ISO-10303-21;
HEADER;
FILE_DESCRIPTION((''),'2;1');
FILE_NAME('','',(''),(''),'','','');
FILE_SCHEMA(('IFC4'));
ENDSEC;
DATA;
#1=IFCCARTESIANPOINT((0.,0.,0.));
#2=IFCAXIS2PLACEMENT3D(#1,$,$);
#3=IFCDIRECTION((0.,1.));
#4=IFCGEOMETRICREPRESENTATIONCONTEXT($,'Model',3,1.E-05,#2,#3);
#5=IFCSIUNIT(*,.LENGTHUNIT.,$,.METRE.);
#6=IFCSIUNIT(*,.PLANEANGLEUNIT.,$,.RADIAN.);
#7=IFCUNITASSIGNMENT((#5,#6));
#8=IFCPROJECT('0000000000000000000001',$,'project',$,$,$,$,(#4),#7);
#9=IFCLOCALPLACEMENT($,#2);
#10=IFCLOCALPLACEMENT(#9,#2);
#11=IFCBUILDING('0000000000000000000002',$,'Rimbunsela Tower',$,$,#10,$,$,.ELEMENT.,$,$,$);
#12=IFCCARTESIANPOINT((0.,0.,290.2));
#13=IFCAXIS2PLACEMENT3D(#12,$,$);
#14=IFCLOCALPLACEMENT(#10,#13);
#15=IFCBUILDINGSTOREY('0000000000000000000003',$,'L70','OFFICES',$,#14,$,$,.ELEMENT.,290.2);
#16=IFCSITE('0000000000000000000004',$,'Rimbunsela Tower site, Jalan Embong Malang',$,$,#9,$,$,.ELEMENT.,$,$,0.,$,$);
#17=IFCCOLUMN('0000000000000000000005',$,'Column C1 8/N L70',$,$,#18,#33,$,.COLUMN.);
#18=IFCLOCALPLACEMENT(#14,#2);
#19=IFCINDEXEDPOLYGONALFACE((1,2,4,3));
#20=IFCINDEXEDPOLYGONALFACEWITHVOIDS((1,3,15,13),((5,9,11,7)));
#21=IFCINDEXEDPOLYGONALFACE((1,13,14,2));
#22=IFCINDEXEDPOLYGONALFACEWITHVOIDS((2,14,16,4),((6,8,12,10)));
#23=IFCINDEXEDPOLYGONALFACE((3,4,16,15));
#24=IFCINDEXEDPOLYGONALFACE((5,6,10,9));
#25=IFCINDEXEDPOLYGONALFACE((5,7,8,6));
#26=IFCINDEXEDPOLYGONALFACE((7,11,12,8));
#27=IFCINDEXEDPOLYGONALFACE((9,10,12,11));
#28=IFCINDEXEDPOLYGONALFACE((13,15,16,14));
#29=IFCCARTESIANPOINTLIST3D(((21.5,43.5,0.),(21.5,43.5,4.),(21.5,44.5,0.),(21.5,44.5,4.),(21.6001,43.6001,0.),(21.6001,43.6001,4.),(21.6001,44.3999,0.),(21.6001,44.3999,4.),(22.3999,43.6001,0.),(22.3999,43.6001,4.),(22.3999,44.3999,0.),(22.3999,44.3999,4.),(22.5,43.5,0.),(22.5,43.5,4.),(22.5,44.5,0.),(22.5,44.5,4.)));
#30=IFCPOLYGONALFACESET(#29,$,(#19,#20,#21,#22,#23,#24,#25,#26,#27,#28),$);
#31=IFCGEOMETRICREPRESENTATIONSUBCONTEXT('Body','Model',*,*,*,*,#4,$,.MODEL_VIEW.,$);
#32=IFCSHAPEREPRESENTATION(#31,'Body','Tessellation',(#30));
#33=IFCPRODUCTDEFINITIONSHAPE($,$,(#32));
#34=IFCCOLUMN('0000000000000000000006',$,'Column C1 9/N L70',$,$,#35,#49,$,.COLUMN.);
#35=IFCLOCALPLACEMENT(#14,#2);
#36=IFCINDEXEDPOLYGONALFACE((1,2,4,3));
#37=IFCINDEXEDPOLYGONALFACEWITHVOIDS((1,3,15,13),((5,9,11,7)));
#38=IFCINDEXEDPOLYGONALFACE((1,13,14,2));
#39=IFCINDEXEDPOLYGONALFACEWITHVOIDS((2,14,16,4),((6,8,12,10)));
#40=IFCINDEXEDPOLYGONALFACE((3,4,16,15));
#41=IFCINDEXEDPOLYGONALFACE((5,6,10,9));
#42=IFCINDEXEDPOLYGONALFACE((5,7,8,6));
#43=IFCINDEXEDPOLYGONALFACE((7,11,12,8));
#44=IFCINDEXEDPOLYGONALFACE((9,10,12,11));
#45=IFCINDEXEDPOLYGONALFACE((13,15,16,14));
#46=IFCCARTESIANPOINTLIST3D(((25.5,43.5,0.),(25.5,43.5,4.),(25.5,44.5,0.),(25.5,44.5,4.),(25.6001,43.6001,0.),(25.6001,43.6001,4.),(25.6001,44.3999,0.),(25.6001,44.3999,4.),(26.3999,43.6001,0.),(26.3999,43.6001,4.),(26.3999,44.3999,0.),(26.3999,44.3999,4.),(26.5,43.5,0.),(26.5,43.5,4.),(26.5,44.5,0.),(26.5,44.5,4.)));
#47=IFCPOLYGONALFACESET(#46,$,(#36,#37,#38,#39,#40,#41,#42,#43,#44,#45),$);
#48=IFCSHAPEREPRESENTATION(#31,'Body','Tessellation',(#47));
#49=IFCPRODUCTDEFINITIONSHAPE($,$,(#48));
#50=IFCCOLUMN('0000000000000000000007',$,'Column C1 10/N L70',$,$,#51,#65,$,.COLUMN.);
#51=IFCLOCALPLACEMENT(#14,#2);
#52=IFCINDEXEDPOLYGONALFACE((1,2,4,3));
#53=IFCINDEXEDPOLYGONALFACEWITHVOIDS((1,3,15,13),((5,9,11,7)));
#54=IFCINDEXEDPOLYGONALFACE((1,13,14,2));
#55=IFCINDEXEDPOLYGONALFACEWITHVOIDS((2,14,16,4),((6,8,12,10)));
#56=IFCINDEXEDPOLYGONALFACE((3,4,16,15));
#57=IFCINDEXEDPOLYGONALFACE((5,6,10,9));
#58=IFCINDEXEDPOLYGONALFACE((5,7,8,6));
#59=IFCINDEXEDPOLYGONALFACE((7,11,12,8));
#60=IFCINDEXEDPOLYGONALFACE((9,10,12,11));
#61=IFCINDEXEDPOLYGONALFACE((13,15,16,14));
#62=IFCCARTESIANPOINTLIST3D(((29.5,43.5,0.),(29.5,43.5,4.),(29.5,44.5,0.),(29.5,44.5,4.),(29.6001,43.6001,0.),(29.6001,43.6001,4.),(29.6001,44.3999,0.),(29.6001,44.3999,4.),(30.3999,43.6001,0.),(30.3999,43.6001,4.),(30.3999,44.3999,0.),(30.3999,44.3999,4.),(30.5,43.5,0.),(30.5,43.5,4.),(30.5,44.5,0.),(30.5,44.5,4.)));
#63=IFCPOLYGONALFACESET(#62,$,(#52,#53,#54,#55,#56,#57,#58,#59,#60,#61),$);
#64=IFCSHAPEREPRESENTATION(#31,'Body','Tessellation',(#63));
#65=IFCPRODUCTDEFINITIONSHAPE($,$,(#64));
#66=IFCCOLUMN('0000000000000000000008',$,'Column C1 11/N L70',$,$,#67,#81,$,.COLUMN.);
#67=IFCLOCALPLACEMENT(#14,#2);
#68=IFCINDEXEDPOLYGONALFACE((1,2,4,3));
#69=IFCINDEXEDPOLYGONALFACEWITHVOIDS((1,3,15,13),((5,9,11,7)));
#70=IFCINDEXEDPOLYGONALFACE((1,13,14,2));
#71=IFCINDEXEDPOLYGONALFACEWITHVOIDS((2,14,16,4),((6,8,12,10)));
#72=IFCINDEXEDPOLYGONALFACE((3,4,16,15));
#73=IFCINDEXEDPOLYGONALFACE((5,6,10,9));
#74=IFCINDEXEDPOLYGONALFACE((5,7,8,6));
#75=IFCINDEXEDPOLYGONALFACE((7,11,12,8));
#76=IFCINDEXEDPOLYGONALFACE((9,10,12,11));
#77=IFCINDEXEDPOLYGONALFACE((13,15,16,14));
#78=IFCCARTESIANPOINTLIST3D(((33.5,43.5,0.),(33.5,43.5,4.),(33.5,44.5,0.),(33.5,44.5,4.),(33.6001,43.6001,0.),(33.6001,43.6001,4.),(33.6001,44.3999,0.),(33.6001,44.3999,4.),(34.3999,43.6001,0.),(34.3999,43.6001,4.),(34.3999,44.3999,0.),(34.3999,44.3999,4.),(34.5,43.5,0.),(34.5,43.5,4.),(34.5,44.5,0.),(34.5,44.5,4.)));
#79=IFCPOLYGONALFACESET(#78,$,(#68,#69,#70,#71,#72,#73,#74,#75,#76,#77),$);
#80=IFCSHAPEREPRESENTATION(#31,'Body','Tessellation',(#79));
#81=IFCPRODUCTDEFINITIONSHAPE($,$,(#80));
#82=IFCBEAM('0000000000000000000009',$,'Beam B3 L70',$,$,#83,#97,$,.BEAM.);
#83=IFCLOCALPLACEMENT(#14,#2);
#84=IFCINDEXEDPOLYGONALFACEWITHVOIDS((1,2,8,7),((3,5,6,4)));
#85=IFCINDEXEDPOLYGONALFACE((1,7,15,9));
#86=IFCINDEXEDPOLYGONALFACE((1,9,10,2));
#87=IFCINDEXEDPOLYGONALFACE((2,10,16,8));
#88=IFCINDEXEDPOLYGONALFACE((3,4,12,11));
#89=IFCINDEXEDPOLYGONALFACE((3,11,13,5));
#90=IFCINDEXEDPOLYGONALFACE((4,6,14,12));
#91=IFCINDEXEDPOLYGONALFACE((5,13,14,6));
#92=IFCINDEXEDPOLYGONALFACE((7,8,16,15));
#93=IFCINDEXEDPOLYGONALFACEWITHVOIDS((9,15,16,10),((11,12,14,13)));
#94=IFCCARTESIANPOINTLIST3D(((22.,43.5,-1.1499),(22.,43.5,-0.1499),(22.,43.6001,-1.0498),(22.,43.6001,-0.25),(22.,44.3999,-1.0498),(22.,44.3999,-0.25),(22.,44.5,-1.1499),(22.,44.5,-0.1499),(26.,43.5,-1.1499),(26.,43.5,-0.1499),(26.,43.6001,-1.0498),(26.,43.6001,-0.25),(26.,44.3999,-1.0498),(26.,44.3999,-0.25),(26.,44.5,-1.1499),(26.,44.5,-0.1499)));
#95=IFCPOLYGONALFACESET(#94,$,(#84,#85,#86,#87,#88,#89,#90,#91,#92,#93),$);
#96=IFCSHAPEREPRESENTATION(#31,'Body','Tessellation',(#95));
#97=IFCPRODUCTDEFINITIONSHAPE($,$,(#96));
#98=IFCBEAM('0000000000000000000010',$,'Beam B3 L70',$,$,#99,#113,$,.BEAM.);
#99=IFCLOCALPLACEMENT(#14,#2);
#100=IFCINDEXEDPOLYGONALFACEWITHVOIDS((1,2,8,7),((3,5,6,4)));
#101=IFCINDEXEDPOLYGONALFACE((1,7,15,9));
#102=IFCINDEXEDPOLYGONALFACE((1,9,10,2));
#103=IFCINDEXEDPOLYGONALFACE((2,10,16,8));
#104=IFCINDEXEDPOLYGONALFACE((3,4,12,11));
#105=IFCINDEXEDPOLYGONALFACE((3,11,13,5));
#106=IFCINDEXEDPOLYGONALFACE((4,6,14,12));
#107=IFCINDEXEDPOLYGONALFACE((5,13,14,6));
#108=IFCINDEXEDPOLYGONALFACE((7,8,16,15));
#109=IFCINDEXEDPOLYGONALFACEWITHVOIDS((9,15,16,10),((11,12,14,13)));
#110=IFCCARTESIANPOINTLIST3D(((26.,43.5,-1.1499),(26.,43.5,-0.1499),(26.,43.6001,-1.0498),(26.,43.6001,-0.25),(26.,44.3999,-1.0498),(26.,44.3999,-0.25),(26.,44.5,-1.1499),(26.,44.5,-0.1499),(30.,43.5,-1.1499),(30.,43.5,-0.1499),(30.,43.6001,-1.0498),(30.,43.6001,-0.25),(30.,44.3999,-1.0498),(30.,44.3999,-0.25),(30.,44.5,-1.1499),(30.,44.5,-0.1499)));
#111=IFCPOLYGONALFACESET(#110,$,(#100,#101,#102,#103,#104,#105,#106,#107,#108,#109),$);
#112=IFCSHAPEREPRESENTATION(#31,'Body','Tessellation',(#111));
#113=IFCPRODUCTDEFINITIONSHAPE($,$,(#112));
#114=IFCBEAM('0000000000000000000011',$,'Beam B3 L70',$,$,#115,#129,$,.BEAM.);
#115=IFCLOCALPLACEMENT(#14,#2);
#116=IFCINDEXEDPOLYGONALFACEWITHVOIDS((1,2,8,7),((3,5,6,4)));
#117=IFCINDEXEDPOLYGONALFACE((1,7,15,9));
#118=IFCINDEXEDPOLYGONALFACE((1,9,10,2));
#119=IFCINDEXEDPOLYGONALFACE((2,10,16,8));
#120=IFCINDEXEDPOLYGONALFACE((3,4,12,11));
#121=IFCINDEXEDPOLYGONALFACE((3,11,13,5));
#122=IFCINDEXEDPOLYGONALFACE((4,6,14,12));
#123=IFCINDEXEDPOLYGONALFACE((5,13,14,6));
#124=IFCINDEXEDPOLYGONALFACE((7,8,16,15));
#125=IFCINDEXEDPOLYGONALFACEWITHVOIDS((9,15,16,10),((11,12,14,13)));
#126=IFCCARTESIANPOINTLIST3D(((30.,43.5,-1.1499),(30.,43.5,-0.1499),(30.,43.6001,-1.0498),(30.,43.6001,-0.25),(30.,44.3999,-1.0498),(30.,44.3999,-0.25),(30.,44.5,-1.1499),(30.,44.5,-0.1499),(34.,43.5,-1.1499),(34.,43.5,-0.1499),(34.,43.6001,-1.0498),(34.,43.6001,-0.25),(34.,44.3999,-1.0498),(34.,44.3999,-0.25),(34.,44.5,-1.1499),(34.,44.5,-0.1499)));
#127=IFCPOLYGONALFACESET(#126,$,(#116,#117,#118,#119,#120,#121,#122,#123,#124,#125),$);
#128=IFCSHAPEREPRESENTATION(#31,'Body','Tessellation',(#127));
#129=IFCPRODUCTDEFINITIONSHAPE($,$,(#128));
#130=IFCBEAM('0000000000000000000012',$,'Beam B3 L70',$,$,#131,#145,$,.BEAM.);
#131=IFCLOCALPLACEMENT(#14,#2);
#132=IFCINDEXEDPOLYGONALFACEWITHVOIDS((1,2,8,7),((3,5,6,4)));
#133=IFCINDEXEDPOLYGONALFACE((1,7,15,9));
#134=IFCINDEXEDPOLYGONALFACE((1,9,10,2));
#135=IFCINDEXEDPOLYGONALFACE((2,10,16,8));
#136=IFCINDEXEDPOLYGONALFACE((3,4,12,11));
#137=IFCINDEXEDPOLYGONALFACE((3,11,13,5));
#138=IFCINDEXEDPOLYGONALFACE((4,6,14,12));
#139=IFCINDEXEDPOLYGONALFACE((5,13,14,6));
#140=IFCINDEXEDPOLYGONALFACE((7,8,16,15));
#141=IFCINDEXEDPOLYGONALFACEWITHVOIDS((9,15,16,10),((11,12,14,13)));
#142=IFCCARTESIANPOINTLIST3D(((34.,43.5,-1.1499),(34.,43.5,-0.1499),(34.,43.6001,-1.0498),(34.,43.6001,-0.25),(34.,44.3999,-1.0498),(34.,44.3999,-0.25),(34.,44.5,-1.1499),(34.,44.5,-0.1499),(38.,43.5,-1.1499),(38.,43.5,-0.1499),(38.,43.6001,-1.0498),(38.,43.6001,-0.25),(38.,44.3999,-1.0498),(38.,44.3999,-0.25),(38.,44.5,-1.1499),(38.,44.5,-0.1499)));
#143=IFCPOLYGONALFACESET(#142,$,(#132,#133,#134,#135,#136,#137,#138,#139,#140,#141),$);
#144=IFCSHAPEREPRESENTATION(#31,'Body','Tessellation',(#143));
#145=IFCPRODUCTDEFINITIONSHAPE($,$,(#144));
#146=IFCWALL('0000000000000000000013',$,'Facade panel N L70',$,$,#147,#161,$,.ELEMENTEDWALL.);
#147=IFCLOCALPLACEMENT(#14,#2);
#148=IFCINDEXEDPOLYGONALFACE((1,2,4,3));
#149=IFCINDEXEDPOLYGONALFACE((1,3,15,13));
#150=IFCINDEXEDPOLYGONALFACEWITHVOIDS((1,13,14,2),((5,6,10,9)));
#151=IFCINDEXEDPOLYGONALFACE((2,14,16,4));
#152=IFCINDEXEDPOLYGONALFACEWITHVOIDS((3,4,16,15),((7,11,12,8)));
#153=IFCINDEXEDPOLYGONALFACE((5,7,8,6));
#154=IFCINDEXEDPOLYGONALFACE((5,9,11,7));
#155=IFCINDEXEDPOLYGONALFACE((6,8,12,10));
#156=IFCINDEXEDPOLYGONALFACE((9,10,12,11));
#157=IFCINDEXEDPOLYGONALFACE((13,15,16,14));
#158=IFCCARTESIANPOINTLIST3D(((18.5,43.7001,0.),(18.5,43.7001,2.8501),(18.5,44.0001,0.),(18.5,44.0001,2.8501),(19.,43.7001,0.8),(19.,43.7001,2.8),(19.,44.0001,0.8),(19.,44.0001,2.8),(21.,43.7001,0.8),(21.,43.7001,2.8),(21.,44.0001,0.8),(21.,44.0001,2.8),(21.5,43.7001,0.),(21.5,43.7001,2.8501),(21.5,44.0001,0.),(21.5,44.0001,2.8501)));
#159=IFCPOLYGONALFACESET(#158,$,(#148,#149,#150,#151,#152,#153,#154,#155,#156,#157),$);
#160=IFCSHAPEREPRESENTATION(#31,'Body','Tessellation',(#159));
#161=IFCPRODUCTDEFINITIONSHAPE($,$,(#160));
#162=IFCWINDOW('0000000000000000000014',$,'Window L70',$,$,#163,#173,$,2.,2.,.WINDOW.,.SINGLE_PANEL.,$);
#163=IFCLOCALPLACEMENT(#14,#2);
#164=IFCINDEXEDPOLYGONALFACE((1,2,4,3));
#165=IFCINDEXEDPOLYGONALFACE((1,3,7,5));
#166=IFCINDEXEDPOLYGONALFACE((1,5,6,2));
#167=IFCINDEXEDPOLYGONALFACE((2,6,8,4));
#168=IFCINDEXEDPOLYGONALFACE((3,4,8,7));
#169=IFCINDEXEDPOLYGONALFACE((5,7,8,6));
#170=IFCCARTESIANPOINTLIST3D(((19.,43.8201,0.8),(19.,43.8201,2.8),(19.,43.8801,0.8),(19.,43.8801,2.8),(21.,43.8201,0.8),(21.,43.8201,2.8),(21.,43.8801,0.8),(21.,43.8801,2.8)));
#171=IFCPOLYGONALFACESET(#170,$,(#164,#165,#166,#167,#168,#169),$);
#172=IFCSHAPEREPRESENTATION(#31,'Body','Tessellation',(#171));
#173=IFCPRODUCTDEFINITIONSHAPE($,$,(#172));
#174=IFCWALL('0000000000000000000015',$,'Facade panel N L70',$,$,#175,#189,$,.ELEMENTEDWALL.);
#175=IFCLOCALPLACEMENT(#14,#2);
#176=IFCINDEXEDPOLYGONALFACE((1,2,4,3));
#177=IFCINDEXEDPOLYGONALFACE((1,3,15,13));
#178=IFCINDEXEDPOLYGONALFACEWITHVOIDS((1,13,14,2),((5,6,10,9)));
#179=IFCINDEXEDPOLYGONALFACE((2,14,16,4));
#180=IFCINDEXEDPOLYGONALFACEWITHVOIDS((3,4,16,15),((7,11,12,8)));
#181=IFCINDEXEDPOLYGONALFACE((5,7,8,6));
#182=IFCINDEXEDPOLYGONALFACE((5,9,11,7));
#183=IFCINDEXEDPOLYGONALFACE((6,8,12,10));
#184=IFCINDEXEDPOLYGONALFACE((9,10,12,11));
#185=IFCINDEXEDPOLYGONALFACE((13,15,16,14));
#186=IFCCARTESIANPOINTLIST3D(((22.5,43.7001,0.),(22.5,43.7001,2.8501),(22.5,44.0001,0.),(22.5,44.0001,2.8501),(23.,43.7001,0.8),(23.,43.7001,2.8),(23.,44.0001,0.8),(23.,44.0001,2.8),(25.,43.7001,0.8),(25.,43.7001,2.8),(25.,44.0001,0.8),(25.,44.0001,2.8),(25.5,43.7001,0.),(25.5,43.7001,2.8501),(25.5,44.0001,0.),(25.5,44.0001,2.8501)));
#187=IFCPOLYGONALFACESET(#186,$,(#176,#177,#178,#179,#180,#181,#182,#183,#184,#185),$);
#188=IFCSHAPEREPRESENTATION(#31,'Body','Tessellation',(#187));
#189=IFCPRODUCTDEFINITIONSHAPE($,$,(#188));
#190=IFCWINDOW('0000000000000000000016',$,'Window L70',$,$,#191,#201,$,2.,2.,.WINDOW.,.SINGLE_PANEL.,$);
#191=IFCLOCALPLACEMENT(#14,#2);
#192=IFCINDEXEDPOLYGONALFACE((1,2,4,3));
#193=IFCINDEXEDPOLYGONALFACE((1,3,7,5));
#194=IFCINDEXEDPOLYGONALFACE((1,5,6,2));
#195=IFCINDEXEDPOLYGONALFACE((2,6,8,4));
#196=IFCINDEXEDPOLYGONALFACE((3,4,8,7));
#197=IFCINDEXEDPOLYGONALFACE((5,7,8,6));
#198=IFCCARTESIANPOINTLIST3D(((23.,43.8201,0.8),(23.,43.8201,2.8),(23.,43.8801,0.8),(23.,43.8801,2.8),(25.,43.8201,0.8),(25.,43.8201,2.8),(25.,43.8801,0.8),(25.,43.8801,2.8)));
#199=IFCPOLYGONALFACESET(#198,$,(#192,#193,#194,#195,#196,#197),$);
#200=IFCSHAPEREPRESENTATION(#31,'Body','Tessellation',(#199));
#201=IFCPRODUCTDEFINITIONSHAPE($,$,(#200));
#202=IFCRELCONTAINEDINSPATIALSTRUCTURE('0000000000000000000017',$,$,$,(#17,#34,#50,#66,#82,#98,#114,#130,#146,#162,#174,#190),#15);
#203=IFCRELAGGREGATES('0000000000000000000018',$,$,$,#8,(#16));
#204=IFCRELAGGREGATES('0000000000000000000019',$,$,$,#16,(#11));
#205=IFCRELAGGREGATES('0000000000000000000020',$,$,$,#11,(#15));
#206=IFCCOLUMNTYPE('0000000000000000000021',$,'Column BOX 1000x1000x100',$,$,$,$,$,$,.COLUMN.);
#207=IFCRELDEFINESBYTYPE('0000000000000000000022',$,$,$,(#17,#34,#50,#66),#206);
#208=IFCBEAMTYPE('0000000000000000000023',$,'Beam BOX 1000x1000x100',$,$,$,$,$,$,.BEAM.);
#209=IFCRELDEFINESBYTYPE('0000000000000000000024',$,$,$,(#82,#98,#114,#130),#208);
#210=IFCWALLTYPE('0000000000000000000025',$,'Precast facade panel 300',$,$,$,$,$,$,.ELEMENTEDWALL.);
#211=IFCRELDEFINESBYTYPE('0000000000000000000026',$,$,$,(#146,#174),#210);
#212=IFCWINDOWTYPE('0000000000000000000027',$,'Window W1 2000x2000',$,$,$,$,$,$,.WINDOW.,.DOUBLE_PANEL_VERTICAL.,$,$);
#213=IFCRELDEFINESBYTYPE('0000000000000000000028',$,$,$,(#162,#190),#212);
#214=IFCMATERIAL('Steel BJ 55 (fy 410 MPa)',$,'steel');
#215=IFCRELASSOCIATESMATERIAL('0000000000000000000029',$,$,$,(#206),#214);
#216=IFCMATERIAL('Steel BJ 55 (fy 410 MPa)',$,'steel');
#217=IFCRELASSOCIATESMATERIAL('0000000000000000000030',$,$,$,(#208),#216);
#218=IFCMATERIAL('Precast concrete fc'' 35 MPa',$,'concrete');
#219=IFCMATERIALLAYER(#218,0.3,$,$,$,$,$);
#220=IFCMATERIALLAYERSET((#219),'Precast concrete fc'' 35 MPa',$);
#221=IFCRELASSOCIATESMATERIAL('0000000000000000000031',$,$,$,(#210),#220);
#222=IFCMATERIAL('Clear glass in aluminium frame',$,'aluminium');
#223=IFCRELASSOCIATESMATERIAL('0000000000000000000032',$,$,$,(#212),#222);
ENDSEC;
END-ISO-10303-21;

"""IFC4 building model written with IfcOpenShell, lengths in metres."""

from ifc_helpers import new_model, si_unit, direction, frame, frame_2d, origin, origin_2d, place, context, subcontext, project, spatial, rectangle, hollow_rectangle, extrude, material, layer, layer_set, material_profile, profile_set, type_object, element, fill, save


model = new_model("IFC4")

# Units and contexts
model_context = context("Model", 3, precision=1e-05, world=origin(), true_north=direction((0.0, 1.0)))
body_context = subcontext(model_context, "Body", "Model", "MODEL_VIEW")
ifc_project = project(units=[si_unit("LENGTHUNIT", "METRE"), si_unit("PLANEANGLEUNIT", "RADIAN")], contexts=[model_context])

# Site, building, storey
site_placement = place(None, origin())
site = spatial("IfcSite", under=ifc_project, at=site_placement, Name="Rimbunsela Tower site, Jalan Embong Malang", CompositionType="ELEMENT", RefElevation=0.0)
building_placement = place(site_placement, origin())
building = spatial("IfcBuilding", under=site, at=building_placement, Name="Rimbunsela Tower", CompositionType="ELEMENT")
storey_placement = place(building_placement, frame((0.0, 0.0, 290.2)))
storey = spatial("IfcBuildingStorey", under=building, at=storey_placement, Name="L70", Description="OFFICES", CompositionType="ELEMENT", Elevation=290.2)

# Columns
ifc_material_1 = material(Name="Steel BJ 55 (fy 410 MPa)", Category="steel")
ifc_material_profile_1 = material_profile(ifc_material_1, hollow_rectangle(XDim=1.0, YDim=1.0, WallThickness=0.1001, at=origin_2d()), Name="BOX 1000x1000x100")
ifc_profile_set_1 = profile_set([ifc_material_profile_1], Name="Steel BJ 55 (fy 410 MPa)")
column_type = type_object("IfcColumnType", Name="Column BOX 1000x1000x100", PredefinedType="COLUMN", material=ifc_profile_set_1)
for number, where, z_axis, x_axis, name in (
    (1, (22.0, 44.0, 0.0), (0.0, 0.0, 1.0), (1.0, 0.0, 0.0), "Column C1 8/N L70"),
    (2, (26.0, 44.0, 0.0), (0.0, 0.0, 1.0), (1.0, 0.0, 0.0), "Column C1 9/N L70"),
    (3, (30.0, 44.0, 0.0), (0.0, 0.0, 1.0), (1.0, 0.0, 0.0), "Column C1 10/N L70"),
    (4, (34.0, 44.0, 0.0), (0.0, 0.0, 1.0), (1.0, 0.0, 0.0), "Column C1 11/N L70"),
):
    element("IfcColumn", number, at=place(storey_placement, frame(where, z_axis=z_axis, x_axis=x_axis)), inside=storey, type_object=column_type, Name=name, PredefinedType="COLUMN", context=body_context, shape_type="SweptSolid", body=[
        extrude(hollow_rectangle(XDim=1.0, YDim=1.0, WallThickness=0.1001, at=origin_2d()), origin(), (0.0, 0.0, 1.0), 4.0),
    ])

# Beams
ifc_material_2 = material(Name="Steel BJ 55 (fy 410 MPa)", Category="steel")
ifc_material_profile_2 = material_profile(ifc_material_2, hollow_rectangle(XDim=1.0, YDim=1.0, WallThickness=0.1001, at=origin_2d()), Name="BOX 1000x1000x100")
ifc_profile_set_2 = profile_set([ifc_material_profile_2], Name="Steel BJ 55 (fy 410 MPa)")
beam_type = type_object("IfcBeamType", Name="Beam BOX 1000x1000x100", PredefinedType="BEAM", material=ifc_profile_set_2)
for number, where, z_axis, x_axis, name in (
    (5, (22.0, 44.0, -0.6499), (1.0, 0.0, 0.0), (0.0, 1.0, 0.0), "Beam B3 L70"),
    (6, (26.0, 44.0, -0.6499), (1.0, 0.0, 0.0), (0.0, 1.0, 0.0), "Beam B3 L70"),
    (7, (30.0, 44.0, -0.6499), (1.0, 0.0, 0.0), (0.0, 1.0, 0.0), "Beam B3 L70"),
    (8, (34.0, 44.0, -0.6499), (1.0, 0.0, 0.0), (0.0, 1.0, 0.0), "Beam B3 L70"),
):
    element("IfcBeam", number, at=place(storey_placement, frame(where, z_axis=z_axis, x_axis=x_axis)), inside=storey, type_object=beam_type, Name=name, PredefinedType="BEAM", context=body_context, shape_type="SweptSolid", body=[
        extrude(hollow_rectangle(XDim=1.0, YDim=1.0, WallThickness=0.1001, at=origin_2d()), origin(), (0.0, 0.0, 1.0), 4.0),
    ])

# Walls, openings, windows
ifc_material_3 = material(Name="Precast concrete fc' 35 MPa", Category="concrete")
ifc_layer_1 = layer(ifc_material_3, 0.3)
ifc_layer_set_1 = layer_set([ifc_layer_1], Name="Precast concrete fc' 35 MPa")
wall_type_1 = type_object("IfcWallType", Name="Precast facade panel 300", PredefinedType="ELEMENTEDWALL", material=ifc_layer_set_1)
wall_1_placement = place(storey_placement, frame((21.5, 43.8501, 0.0), z_axis=(0.0, 0.0, 1.0), x_axis=(-1.0, 0.0, 0.0)))
wall_1 = element("IfcWall", 9, at=wall_1_placement, inside=storey, type_object=wall_type_1, Name="Facade panel N L70", PredefinedType="ELEMENTEDWALL", context=body_context, shape_type="SweptSolid", body=[
    extrude(rectangle(XDim=3.0, YDim=0.3, at=frame_2d((1.5, 0.0))), origin(), (0.0, 0.0, 1.0), 2.8501),
])
opening_1_placement = place(wall_1_placement, frame((0.5, 0.0, 0.8)))
opening_1 = element("IfcOpeningElement", 10, at=opening_1_placement, cuts=wall_1, PredefinedType="OPENING", context=body_context, shape_type="SweptSolid", body=[
    extrude(rectangle(XDim=2.0, YDim=2.0, at=frame_2d((1.0, 1.0))), frame((0.0, 0.1599, 0.0), z_axis=(0.0, -1.0, 0.0), x_axis=(1.0, 0.0, 0.0)), (0.0, 0.0, 1.0), 0.3201),
])
ifc_material_4 = material(Name="Clear glass in aluminium frame", Category="aluminium")
window_type_1 = type_object("IfcWindowType", Name="Window W1 2000x2000", PartitioningType="DOUBLE_PANEL_VERTICAL", PredefinedType="WINDOW", material=ifc_material_4)
window_1_placement = place(opening_1_placement, origin())
window_1 = element("IfcWindow", 11, at=window_1_placement, inside=storey, type_object=window_type_1, Name="Window L70", OverallHeight=2.0, OverallWidth=2.0, PartitioningType="SINGLE_PANEL", PredefinedType="WINDOW", context=body_context, shape_type="SweptSolid", body=[
    extrude(rectangle(XDim=2.0, YDim=2.0, at=frame_2d((1.0, 1.0))), frame((0.0, 0.03, 0.0), z_axis=(0.0, -1.0, 0.0), x_axis=(1.0, 0.0, 0.0)), (0.0, 0.0, 1.0), 0.0601),
])
fill(opening_1, window_1)
wall_2_placement = place(storey_placement, frame((25.5, 43.8501, 0.0), z_axis=(0.0, 0.0, 1.0), x_axis=(-1.0, 0.0, 0.0)))
wall_2 = element("IfcWall", 12, at=wall_2_placement, inside=storey, type_object=wall_type_1, Name="Facade panel N L70", PredefinedType="ELEMENTEDWALL", context=body_context, shape_type="SweptSolid", body=[
    extrude(rectangle(XDim=3.0, YDim=0.3, at=frame_2d((1.5, 0.0))), origin(), (0.0, 0.0, 1.0), 2.8501),
])
opening_2_placement = place(wall_2_placement, frame((0.5, 0.0, 0.8)))
opening_2 = element("IfcOpeningElement", 13, at=opening_2_placement, cuts=wall_2, PredefinedType="OPENING", context=body_context, shape_type="SweptSolid", body=[
    extrude(rectangle(XDim=2.0, YDim=2.0, at=frame_2d((1.0, 1.0))), frame((0.0, 0.1599, 0.0), z_axis=(0.0, -1.0, 0.0), x_axis=(1.0, 0.0, 0.0)), (0.0, 0.0, 1.0), 0.3201),
])
window_2_placement = place(opening_2_placement, origin())
window_2 = element("IfcWindow", 14, at=window_2_placement, inside=storey, type_object=window_type_1, Name="Window L70", OverallHeight=2.0, OverallWidth=2.0, PartitioningType="SINGLE_PANEL", PredefinedType="WINDOW", context=body_context, shape_type="SweptSolid", body=[
    extrude(rectangle(XDim=2.0, YDim=2.0, at=frame_2d((1.0, 1.0))), frame((0.0, 0.03, 0.0), z_axis=(0.0, -1.0, 0.0), x_axis=(1.0, 0.0, 0.0)), (0.0, 0.0, 1.0), 0.0601),
])
fill(opening_2, window_2)

save(model, "model.ifc")
